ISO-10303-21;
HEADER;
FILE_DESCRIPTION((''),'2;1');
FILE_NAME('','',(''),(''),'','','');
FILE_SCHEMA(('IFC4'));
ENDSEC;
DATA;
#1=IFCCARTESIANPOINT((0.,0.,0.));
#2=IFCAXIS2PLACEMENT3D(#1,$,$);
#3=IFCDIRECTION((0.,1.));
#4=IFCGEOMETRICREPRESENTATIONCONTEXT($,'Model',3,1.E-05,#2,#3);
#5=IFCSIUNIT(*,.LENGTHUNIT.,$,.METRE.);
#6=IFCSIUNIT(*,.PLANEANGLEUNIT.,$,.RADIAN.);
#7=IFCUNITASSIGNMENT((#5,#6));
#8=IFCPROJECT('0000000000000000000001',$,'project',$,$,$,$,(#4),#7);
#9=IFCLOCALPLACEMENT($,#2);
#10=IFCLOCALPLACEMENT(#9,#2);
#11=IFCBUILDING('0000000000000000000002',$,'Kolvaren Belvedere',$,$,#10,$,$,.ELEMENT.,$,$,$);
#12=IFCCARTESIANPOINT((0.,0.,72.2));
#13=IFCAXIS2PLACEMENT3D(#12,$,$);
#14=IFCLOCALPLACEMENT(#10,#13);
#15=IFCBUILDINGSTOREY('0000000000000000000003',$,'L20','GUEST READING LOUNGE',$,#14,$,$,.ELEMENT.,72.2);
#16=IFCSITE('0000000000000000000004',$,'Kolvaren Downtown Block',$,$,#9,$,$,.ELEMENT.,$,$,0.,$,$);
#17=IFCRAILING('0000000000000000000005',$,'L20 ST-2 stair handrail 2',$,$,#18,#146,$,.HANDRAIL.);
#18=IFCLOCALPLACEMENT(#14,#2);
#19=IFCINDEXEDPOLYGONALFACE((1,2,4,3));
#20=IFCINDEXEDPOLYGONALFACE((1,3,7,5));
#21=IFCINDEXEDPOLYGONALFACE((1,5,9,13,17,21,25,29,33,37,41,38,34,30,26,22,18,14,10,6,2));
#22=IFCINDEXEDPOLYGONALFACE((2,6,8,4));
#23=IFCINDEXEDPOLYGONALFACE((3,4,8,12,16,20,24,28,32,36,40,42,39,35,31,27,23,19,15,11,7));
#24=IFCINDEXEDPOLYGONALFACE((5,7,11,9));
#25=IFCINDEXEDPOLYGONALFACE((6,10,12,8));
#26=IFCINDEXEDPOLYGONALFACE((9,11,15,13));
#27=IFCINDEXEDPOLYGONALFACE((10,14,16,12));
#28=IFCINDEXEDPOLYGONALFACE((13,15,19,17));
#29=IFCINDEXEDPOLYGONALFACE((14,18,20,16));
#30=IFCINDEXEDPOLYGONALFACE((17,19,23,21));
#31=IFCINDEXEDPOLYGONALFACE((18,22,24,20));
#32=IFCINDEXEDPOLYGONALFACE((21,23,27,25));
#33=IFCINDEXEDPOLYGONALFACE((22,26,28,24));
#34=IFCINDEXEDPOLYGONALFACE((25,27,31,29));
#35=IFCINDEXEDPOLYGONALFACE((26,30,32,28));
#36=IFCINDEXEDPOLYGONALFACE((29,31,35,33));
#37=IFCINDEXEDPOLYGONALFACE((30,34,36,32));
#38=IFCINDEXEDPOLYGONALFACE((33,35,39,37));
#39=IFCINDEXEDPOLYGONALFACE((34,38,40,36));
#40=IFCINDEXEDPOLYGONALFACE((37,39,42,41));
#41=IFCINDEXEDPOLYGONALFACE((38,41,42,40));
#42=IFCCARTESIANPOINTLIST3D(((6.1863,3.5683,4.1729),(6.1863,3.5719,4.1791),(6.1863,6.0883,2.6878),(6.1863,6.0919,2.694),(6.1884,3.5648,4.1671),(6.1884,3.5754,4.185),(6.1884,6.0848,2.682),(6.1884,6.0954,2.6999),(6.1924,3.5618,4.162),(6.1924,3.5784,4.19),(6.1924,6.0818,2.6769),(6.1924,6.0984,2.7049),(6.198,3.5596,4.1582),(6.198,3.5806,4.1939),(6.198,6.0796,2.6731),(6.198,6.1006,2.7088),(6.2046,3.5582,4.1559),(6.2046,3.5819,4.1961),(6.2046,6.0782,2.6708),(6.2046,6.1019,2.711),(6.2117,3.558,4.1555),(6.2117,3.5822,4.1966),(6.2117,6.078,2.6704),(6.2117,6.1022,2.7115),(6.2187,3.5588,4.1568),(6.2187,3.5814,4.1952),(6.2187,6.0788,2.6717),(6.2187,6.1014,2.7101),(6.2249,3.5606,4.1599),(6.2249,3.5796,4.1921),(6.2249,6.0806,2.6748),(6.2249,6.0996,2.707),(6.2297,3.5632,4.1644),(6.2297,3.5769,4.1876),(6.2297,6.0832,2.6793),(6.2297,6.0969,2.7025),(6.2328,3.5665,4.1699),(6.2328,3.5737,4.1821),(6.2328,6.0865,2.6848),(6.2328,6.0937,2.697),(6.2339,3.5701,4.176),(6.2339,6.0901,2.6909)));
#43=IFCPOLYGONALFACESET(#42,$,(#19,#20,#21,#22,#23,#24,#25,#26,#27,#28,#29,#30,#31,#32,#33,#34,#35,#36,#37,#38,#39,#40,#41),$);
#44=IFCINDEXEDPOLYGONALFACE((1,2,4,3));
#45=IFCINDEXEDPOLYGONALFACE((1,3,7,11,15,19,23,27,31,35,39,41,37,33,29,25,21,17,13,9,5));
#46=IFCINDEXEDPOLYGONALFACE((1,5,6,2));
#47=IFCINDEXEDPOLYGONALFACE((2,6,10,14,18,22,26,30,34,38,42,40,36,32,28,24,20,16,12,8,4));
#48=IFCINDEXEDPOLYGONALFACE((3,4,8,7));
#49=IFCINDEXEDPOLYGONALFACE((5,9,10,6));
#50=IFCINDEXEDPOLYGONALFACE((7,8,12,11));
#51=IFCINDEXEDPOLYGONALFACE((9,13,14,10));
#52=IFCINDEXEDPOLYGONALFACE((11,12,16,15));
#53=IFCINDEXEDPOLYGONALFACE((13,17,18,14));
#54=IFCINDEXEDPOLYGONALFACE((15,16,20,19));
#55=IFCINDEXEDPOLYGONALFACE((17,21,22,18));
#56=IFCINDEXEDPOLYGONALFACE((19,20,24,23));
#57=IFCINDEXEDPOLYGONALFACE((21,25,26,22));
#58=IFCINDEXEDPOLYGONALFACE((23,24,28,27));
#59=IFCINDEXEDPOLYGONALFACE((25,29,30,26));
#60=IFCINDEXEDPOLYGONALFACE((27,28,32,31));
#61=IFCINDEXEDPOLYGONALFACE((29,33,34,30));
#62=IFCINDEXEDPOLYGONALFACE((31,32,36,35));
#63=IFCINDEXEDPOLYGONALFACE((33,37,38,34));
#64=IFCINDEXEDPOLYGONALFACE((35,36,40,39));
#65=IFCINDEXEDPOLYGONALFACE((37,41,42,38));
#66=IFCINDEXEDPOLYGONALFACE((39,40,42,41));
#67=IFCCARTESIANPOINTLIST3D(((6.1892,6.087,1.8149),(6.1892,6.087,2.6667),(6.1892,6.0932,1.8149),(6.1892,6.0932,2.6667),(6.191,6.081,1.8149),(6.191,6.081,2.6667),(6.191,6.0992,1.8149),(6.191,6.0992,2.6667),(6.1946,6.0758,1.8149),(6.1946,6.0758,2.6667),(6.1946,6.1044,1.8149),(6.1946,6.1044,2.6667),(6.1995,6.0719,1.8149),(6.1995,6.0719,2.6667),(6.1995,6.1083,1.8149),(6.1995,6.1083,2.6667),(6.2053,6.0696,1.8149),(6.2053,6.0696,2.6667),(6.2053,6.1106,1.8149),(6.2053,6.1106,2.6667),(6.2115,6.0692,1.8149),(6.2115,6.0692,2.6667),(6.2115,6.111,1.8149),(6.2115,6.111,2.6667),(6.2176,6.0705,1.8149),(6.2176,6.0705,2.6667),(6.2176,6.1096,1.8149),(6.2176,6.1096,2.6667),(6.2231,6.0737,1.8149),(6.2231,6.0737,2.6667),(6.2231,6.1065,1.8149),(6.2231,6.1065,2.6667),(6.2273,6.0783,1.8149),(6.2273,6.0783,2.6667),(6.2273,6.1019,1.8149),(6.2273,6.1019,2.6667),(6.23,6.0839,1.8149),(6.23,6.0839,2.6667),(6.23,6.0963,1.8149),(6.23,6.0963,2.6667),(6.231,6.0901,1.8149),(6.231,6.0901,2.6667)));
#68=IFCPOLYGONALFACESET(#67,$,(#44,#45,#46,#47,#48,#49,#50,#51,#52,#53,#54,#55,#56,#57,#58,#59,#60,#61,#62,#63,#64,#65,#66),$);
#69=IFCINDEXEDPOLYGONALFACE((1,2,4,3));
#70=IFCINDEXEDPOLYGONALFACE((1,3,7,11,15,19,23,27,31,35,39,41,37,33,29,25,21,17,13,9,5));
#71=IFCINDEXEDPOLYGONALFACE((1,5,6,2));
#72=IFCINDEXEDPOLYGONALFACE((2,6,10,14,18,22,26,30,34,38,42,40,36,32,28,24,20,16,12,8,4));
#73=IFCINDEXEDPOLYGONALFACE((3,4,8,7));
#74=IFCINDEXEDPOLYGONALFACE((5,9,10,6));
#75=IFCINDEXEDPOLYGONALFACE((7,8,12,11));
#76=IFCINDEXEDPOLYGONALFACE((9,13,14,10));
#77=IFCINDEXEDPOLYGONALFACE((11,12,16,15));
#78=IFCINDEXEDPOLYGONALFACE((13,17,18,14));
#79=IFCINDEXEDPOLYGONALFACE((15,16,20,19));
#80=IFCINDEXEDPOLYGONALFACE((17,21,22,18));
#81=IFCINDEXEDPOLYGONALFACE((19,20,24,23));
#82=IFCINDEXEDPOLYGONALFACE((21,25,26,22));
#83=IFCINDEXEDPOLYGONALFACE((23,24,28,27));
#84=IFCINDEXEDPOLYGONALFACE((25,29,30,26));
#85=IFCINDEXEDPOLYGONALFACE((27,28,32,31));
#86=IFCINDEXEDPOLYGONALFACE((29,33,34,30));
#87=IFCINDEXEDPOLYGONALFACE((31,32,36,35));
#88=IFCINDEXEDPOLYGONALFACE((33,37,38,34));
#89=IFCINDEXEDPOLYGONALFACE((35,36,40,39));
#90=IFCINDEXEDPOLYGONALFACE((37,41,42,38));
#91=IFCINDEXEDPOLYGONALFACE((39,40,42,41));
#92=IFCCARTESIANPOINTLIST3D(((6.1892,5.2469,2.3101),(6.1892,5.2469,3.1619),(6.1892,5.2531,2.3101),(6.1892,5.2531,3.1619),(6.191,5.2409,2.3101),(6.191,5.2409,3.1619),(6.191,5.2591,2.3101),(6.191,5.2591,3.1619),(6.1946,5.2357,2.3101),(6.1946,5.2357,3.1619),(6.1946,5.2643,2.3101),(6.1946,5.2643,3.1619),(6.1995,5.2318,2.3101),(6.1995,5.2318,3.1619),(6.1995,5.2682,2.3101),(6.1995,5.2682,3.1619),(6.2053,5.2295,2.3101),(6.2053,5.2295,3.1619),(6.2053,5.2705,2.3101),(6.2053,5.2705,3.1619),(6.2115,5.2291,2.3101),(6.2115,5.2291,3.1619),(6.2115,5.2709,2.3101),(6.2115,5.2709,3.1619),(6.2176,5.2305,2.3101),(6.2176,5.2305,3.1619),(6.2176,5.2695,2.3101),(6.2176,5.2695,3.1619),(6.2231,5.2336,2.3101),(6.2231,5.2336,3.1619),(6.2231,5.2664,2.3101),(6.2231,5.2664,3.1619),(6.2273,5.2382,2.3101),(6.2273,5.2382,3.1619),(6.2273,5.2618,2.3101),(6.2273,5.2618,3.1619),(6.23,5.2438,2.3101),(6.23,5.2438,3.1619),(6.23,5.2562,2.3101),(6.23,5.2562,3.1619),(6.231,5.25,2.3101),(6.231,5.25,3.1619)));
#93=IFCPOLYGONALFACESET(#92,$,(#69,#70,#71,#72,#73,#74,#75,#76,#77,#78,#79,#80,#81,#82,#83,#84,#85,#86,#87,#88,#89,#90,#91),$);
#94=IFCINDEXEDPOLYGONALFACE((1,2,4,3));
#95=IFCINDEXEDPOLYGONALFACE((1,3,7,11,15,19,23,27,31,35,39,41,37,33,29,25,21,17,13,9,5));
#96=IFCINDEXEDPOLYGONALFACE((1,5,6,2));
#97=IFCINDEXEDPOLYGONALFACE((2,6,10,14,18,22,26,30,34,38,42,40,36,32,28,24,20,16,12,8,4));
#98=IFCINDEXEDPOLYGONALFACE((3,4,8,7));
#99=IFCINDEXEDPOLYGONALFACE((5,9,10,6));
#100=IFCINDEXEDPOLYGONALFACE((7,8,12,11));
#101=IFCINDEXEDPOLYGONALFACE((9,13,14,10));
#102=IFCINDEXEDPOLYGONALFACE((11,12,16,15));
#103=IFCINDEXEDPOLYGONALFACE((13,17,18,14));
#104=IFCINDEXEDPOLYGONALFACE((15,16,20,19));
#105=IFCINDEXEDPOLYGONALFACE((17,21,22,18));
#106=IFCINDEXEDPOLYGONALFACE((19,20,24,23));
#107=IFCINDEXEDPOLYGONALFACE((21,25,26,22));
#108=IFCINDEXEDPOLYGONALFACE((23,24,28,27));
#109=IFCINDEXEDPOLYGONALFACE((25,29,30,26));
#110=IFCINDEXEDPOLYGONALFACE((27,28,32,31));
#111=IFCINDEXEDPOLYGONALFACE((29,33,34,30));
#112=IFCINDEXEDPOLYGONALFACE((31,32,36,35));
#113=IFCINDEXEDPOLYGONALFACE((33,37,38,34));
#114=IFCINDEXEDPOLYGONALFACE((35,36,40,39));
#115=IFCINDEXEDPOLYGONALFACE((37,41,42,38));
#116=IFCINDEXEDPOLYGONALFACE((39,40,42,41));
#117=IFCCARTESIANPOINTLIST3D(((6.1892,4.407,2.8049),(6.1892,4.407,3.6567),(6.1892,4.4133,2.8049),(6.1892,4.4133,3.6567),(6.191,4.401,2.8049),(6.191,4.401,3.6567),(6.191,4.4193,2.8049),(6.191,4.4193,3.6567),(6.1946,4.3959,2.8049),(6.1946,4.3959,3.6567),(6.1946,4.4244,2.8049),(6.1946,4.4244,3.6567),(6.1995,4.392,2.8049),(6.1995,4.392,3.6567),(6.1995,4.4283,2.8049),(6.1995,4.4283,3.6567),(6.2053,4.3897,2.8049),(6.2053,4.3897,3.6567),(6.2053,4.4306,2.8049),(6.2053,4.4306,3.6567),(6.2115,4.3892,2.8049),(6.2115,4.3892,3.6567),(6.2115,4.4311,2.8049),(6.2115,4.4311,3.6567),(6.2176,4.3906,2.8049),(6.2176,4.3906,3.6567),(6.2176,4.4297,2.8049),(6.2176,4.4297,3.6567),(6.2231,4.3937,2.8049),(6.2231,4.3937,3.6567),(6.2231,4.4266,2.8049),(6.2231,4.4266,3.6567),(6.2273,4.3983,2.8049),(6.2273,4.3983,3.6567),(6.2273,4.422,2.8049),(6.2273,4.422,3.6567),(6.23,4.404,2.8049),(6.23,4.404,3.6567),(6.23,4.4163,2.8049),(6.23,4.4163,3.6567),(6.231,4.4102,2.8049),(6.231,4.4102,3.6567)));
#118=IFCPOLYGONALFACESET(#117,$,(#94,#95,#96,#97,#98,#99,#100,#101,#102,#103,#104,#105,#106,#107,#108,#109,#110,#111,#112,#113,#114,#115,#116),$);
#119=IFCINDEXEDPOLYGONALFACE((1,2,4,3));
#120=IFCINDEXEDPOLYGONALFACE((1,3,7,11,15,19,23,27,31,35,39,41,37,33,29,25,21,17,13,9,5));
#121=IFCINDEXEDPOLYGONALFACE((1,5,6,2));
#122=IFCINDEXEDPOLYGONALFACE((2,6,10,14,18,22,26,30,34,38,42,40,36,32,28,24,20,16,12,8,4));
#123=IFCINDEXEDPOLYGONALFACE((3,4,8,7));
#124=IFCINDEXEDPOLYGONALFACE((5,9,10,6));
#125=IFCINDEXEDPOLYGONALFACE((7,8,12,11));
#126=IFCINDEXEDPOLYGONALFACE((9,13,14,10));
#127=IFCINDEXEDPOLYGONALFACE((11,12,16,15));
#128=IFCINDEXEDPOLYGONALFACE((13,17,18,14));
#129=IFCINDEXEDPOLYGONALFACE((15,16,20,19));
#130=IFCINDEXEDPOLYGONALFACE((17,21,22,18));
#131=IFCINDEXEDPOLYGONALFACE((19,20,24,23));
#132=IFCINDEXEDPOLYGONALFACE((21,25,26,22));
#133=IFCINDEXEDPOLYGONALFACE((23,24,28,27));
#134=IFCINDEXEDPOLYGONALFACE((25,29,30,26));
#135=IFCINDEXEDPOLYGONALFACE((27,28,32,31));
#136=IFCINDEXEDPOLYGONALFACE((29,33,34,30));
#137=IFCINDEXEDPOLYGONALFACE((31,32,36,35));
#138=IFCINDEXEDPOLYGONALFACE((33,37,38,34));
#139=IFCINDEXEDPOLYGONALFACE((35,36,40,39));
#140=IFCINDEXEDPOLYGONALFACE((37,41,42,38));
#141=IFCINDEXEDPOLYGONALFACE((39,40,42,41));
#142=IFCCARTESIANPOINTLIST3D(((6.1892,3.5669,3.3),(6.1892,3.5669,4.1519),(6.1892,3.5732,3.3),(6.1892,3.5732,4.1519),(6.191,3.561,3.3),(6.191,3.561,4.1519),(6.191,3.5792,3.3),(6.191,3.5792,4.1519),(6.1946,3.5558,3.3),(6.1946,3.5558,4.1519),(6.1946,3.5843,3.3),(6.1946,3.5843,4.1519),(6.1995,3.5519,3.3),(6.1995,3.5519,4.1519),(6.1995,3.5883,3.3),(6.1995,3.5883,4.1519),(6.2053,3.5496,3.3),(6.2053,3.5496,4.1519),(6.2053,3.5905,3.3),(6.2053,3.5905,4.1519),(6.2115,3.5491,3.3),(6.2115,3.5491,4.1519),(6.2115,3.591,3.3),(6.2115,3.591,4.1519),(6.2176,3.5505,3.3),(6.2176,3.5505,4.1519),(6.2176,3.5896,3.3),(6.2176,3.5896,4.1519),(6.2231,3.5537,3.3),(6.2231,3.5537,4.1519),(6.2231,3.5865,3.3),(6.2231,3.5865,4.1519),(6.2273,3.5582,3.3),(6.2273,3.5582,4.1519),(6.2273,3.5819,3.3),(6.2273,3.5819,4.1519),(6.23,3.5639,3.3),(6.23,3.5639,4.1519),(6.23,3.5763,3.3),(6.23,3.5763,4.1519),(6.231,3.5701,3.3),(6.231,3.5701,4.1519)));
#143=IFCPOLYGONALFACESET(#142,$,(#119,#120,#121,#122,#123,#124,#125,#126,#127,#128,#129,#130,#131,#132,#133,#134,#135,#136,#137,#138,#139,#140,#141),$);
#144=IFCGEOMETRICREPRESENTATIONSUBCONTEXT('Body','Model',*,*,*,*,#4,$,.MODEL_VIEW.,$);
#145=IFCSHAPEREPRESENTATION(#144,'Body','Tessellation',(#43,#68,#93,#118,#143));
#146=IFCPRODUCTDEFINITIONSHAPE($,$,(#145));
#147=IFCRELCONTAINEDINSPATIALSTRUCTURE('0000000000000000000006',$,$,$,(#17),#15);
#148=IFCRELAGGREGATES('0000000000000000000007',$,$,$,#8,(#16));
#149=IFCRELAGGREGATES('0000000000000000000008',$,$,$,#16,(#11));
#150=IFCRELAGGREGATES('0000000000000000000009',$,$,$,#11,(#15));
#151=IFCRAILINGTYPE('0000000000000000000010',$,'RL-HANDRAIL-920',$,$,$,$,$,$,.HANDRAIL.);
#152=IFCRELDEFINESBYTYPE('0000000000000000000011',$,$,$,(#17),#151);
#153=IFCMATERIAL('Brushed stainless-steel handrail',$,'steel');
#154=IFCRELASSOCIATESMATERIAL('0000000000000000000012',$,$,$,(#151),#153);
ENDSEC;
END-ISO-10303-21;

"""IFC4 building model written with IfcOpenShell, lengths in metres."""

from ifc_helpers import new_model, si_unit, direction, frame, origin, origin_2d, place, context, subcontext, project, spatial, circle, extrude, material, type_object, element, save


model = new_model("IFC4")

# Units and contexts
model_context = context("Model", 3, precision=1e-05, world=origin(), true_north=direction((0.0, 1.0)))
body_context = subcontext(model_context, "Body", "Model", "MODEL_VIEW")
ifc_project = project(units=[si_unit("LENGTHUNIT", "METRE"), si_unit("PLANEANGLEUNIT", "RADIAN")], contexts=[model_context])

# Site, building, storey
site_placement = place(None, origin())
site = spatial("IfcSite", under=ifc_project, at=site_placement, Name="Kolvaren Downtown Block", CompositionType="ELEMENT", RefElevation=0.0)
building_placement = place(site_placement, origin())
building = spatial("IfcBuilding", under=site, at=building_placement, Name="Kolvaren Belvedere", CompositionType="ELEMENT")
storey_placement = place(building_placement, frame((0.0, 0.0, 72.2)))
storey = spatial("IfcBuildingStorey", under=building, at=storey_placement, Name="L20", Description="GUEST READING LOUNGE", CompositionType="ELEMENT", Elevation=72.2)

# Railing
ifc_material_1 = material(Name="Brushed stainless-steel handrail", Category="steel")
railing_type_1 = type_object("IfcRailingType", Name="RL-HANDRAIL-920", PredefinedType="HANDRAIL", material=ifc_material_1)
railing_1_placement = place(storey_placement, frame((6.21, 6.0901, 1.8149)))
element("IfcRailing", 1, at=railing_1_placement, inside=storey, type_object=railing_type_1, Name="L20 ST-2 stair handrail 2", PredefinedType="HANDRAIL", context=body_context, shape_type="SweptSolid", body=[
    extrude(circle(Radius=0.0239, at=origin_2d()), frame((0.0, 0.0, 0.876), z_axis=(0.0, -0.861524, 0.507717), x_axis=(1.0, 0.0, 0.0)), (0.0, 0.0, 1.0), 2.925),
    extrude(circle(Radius=0.021, at=origin_2d()), origin(), (0.0, 0.0, 1.0), 0.8518),
    extrude(circle(Radius=0.021, at=origin_2d()), frame((0.0, -0.8401, 0.4951)), (0.0, 0.0, 1.0), 0.8518),
    extrude(circle(Radius=0.021, at=origin_2d()), frame((0.0, -1.6799, 0.99)), (0.0, 0.0, 1.0), 0.8518),
    extrude(circle(Radius=0.021, at=origin_2d()), frame((0.0, -2.52, 1.4851)), (0.0, 0.0, 1.0), 0.8518),
])

save(model, "model.ifc")
